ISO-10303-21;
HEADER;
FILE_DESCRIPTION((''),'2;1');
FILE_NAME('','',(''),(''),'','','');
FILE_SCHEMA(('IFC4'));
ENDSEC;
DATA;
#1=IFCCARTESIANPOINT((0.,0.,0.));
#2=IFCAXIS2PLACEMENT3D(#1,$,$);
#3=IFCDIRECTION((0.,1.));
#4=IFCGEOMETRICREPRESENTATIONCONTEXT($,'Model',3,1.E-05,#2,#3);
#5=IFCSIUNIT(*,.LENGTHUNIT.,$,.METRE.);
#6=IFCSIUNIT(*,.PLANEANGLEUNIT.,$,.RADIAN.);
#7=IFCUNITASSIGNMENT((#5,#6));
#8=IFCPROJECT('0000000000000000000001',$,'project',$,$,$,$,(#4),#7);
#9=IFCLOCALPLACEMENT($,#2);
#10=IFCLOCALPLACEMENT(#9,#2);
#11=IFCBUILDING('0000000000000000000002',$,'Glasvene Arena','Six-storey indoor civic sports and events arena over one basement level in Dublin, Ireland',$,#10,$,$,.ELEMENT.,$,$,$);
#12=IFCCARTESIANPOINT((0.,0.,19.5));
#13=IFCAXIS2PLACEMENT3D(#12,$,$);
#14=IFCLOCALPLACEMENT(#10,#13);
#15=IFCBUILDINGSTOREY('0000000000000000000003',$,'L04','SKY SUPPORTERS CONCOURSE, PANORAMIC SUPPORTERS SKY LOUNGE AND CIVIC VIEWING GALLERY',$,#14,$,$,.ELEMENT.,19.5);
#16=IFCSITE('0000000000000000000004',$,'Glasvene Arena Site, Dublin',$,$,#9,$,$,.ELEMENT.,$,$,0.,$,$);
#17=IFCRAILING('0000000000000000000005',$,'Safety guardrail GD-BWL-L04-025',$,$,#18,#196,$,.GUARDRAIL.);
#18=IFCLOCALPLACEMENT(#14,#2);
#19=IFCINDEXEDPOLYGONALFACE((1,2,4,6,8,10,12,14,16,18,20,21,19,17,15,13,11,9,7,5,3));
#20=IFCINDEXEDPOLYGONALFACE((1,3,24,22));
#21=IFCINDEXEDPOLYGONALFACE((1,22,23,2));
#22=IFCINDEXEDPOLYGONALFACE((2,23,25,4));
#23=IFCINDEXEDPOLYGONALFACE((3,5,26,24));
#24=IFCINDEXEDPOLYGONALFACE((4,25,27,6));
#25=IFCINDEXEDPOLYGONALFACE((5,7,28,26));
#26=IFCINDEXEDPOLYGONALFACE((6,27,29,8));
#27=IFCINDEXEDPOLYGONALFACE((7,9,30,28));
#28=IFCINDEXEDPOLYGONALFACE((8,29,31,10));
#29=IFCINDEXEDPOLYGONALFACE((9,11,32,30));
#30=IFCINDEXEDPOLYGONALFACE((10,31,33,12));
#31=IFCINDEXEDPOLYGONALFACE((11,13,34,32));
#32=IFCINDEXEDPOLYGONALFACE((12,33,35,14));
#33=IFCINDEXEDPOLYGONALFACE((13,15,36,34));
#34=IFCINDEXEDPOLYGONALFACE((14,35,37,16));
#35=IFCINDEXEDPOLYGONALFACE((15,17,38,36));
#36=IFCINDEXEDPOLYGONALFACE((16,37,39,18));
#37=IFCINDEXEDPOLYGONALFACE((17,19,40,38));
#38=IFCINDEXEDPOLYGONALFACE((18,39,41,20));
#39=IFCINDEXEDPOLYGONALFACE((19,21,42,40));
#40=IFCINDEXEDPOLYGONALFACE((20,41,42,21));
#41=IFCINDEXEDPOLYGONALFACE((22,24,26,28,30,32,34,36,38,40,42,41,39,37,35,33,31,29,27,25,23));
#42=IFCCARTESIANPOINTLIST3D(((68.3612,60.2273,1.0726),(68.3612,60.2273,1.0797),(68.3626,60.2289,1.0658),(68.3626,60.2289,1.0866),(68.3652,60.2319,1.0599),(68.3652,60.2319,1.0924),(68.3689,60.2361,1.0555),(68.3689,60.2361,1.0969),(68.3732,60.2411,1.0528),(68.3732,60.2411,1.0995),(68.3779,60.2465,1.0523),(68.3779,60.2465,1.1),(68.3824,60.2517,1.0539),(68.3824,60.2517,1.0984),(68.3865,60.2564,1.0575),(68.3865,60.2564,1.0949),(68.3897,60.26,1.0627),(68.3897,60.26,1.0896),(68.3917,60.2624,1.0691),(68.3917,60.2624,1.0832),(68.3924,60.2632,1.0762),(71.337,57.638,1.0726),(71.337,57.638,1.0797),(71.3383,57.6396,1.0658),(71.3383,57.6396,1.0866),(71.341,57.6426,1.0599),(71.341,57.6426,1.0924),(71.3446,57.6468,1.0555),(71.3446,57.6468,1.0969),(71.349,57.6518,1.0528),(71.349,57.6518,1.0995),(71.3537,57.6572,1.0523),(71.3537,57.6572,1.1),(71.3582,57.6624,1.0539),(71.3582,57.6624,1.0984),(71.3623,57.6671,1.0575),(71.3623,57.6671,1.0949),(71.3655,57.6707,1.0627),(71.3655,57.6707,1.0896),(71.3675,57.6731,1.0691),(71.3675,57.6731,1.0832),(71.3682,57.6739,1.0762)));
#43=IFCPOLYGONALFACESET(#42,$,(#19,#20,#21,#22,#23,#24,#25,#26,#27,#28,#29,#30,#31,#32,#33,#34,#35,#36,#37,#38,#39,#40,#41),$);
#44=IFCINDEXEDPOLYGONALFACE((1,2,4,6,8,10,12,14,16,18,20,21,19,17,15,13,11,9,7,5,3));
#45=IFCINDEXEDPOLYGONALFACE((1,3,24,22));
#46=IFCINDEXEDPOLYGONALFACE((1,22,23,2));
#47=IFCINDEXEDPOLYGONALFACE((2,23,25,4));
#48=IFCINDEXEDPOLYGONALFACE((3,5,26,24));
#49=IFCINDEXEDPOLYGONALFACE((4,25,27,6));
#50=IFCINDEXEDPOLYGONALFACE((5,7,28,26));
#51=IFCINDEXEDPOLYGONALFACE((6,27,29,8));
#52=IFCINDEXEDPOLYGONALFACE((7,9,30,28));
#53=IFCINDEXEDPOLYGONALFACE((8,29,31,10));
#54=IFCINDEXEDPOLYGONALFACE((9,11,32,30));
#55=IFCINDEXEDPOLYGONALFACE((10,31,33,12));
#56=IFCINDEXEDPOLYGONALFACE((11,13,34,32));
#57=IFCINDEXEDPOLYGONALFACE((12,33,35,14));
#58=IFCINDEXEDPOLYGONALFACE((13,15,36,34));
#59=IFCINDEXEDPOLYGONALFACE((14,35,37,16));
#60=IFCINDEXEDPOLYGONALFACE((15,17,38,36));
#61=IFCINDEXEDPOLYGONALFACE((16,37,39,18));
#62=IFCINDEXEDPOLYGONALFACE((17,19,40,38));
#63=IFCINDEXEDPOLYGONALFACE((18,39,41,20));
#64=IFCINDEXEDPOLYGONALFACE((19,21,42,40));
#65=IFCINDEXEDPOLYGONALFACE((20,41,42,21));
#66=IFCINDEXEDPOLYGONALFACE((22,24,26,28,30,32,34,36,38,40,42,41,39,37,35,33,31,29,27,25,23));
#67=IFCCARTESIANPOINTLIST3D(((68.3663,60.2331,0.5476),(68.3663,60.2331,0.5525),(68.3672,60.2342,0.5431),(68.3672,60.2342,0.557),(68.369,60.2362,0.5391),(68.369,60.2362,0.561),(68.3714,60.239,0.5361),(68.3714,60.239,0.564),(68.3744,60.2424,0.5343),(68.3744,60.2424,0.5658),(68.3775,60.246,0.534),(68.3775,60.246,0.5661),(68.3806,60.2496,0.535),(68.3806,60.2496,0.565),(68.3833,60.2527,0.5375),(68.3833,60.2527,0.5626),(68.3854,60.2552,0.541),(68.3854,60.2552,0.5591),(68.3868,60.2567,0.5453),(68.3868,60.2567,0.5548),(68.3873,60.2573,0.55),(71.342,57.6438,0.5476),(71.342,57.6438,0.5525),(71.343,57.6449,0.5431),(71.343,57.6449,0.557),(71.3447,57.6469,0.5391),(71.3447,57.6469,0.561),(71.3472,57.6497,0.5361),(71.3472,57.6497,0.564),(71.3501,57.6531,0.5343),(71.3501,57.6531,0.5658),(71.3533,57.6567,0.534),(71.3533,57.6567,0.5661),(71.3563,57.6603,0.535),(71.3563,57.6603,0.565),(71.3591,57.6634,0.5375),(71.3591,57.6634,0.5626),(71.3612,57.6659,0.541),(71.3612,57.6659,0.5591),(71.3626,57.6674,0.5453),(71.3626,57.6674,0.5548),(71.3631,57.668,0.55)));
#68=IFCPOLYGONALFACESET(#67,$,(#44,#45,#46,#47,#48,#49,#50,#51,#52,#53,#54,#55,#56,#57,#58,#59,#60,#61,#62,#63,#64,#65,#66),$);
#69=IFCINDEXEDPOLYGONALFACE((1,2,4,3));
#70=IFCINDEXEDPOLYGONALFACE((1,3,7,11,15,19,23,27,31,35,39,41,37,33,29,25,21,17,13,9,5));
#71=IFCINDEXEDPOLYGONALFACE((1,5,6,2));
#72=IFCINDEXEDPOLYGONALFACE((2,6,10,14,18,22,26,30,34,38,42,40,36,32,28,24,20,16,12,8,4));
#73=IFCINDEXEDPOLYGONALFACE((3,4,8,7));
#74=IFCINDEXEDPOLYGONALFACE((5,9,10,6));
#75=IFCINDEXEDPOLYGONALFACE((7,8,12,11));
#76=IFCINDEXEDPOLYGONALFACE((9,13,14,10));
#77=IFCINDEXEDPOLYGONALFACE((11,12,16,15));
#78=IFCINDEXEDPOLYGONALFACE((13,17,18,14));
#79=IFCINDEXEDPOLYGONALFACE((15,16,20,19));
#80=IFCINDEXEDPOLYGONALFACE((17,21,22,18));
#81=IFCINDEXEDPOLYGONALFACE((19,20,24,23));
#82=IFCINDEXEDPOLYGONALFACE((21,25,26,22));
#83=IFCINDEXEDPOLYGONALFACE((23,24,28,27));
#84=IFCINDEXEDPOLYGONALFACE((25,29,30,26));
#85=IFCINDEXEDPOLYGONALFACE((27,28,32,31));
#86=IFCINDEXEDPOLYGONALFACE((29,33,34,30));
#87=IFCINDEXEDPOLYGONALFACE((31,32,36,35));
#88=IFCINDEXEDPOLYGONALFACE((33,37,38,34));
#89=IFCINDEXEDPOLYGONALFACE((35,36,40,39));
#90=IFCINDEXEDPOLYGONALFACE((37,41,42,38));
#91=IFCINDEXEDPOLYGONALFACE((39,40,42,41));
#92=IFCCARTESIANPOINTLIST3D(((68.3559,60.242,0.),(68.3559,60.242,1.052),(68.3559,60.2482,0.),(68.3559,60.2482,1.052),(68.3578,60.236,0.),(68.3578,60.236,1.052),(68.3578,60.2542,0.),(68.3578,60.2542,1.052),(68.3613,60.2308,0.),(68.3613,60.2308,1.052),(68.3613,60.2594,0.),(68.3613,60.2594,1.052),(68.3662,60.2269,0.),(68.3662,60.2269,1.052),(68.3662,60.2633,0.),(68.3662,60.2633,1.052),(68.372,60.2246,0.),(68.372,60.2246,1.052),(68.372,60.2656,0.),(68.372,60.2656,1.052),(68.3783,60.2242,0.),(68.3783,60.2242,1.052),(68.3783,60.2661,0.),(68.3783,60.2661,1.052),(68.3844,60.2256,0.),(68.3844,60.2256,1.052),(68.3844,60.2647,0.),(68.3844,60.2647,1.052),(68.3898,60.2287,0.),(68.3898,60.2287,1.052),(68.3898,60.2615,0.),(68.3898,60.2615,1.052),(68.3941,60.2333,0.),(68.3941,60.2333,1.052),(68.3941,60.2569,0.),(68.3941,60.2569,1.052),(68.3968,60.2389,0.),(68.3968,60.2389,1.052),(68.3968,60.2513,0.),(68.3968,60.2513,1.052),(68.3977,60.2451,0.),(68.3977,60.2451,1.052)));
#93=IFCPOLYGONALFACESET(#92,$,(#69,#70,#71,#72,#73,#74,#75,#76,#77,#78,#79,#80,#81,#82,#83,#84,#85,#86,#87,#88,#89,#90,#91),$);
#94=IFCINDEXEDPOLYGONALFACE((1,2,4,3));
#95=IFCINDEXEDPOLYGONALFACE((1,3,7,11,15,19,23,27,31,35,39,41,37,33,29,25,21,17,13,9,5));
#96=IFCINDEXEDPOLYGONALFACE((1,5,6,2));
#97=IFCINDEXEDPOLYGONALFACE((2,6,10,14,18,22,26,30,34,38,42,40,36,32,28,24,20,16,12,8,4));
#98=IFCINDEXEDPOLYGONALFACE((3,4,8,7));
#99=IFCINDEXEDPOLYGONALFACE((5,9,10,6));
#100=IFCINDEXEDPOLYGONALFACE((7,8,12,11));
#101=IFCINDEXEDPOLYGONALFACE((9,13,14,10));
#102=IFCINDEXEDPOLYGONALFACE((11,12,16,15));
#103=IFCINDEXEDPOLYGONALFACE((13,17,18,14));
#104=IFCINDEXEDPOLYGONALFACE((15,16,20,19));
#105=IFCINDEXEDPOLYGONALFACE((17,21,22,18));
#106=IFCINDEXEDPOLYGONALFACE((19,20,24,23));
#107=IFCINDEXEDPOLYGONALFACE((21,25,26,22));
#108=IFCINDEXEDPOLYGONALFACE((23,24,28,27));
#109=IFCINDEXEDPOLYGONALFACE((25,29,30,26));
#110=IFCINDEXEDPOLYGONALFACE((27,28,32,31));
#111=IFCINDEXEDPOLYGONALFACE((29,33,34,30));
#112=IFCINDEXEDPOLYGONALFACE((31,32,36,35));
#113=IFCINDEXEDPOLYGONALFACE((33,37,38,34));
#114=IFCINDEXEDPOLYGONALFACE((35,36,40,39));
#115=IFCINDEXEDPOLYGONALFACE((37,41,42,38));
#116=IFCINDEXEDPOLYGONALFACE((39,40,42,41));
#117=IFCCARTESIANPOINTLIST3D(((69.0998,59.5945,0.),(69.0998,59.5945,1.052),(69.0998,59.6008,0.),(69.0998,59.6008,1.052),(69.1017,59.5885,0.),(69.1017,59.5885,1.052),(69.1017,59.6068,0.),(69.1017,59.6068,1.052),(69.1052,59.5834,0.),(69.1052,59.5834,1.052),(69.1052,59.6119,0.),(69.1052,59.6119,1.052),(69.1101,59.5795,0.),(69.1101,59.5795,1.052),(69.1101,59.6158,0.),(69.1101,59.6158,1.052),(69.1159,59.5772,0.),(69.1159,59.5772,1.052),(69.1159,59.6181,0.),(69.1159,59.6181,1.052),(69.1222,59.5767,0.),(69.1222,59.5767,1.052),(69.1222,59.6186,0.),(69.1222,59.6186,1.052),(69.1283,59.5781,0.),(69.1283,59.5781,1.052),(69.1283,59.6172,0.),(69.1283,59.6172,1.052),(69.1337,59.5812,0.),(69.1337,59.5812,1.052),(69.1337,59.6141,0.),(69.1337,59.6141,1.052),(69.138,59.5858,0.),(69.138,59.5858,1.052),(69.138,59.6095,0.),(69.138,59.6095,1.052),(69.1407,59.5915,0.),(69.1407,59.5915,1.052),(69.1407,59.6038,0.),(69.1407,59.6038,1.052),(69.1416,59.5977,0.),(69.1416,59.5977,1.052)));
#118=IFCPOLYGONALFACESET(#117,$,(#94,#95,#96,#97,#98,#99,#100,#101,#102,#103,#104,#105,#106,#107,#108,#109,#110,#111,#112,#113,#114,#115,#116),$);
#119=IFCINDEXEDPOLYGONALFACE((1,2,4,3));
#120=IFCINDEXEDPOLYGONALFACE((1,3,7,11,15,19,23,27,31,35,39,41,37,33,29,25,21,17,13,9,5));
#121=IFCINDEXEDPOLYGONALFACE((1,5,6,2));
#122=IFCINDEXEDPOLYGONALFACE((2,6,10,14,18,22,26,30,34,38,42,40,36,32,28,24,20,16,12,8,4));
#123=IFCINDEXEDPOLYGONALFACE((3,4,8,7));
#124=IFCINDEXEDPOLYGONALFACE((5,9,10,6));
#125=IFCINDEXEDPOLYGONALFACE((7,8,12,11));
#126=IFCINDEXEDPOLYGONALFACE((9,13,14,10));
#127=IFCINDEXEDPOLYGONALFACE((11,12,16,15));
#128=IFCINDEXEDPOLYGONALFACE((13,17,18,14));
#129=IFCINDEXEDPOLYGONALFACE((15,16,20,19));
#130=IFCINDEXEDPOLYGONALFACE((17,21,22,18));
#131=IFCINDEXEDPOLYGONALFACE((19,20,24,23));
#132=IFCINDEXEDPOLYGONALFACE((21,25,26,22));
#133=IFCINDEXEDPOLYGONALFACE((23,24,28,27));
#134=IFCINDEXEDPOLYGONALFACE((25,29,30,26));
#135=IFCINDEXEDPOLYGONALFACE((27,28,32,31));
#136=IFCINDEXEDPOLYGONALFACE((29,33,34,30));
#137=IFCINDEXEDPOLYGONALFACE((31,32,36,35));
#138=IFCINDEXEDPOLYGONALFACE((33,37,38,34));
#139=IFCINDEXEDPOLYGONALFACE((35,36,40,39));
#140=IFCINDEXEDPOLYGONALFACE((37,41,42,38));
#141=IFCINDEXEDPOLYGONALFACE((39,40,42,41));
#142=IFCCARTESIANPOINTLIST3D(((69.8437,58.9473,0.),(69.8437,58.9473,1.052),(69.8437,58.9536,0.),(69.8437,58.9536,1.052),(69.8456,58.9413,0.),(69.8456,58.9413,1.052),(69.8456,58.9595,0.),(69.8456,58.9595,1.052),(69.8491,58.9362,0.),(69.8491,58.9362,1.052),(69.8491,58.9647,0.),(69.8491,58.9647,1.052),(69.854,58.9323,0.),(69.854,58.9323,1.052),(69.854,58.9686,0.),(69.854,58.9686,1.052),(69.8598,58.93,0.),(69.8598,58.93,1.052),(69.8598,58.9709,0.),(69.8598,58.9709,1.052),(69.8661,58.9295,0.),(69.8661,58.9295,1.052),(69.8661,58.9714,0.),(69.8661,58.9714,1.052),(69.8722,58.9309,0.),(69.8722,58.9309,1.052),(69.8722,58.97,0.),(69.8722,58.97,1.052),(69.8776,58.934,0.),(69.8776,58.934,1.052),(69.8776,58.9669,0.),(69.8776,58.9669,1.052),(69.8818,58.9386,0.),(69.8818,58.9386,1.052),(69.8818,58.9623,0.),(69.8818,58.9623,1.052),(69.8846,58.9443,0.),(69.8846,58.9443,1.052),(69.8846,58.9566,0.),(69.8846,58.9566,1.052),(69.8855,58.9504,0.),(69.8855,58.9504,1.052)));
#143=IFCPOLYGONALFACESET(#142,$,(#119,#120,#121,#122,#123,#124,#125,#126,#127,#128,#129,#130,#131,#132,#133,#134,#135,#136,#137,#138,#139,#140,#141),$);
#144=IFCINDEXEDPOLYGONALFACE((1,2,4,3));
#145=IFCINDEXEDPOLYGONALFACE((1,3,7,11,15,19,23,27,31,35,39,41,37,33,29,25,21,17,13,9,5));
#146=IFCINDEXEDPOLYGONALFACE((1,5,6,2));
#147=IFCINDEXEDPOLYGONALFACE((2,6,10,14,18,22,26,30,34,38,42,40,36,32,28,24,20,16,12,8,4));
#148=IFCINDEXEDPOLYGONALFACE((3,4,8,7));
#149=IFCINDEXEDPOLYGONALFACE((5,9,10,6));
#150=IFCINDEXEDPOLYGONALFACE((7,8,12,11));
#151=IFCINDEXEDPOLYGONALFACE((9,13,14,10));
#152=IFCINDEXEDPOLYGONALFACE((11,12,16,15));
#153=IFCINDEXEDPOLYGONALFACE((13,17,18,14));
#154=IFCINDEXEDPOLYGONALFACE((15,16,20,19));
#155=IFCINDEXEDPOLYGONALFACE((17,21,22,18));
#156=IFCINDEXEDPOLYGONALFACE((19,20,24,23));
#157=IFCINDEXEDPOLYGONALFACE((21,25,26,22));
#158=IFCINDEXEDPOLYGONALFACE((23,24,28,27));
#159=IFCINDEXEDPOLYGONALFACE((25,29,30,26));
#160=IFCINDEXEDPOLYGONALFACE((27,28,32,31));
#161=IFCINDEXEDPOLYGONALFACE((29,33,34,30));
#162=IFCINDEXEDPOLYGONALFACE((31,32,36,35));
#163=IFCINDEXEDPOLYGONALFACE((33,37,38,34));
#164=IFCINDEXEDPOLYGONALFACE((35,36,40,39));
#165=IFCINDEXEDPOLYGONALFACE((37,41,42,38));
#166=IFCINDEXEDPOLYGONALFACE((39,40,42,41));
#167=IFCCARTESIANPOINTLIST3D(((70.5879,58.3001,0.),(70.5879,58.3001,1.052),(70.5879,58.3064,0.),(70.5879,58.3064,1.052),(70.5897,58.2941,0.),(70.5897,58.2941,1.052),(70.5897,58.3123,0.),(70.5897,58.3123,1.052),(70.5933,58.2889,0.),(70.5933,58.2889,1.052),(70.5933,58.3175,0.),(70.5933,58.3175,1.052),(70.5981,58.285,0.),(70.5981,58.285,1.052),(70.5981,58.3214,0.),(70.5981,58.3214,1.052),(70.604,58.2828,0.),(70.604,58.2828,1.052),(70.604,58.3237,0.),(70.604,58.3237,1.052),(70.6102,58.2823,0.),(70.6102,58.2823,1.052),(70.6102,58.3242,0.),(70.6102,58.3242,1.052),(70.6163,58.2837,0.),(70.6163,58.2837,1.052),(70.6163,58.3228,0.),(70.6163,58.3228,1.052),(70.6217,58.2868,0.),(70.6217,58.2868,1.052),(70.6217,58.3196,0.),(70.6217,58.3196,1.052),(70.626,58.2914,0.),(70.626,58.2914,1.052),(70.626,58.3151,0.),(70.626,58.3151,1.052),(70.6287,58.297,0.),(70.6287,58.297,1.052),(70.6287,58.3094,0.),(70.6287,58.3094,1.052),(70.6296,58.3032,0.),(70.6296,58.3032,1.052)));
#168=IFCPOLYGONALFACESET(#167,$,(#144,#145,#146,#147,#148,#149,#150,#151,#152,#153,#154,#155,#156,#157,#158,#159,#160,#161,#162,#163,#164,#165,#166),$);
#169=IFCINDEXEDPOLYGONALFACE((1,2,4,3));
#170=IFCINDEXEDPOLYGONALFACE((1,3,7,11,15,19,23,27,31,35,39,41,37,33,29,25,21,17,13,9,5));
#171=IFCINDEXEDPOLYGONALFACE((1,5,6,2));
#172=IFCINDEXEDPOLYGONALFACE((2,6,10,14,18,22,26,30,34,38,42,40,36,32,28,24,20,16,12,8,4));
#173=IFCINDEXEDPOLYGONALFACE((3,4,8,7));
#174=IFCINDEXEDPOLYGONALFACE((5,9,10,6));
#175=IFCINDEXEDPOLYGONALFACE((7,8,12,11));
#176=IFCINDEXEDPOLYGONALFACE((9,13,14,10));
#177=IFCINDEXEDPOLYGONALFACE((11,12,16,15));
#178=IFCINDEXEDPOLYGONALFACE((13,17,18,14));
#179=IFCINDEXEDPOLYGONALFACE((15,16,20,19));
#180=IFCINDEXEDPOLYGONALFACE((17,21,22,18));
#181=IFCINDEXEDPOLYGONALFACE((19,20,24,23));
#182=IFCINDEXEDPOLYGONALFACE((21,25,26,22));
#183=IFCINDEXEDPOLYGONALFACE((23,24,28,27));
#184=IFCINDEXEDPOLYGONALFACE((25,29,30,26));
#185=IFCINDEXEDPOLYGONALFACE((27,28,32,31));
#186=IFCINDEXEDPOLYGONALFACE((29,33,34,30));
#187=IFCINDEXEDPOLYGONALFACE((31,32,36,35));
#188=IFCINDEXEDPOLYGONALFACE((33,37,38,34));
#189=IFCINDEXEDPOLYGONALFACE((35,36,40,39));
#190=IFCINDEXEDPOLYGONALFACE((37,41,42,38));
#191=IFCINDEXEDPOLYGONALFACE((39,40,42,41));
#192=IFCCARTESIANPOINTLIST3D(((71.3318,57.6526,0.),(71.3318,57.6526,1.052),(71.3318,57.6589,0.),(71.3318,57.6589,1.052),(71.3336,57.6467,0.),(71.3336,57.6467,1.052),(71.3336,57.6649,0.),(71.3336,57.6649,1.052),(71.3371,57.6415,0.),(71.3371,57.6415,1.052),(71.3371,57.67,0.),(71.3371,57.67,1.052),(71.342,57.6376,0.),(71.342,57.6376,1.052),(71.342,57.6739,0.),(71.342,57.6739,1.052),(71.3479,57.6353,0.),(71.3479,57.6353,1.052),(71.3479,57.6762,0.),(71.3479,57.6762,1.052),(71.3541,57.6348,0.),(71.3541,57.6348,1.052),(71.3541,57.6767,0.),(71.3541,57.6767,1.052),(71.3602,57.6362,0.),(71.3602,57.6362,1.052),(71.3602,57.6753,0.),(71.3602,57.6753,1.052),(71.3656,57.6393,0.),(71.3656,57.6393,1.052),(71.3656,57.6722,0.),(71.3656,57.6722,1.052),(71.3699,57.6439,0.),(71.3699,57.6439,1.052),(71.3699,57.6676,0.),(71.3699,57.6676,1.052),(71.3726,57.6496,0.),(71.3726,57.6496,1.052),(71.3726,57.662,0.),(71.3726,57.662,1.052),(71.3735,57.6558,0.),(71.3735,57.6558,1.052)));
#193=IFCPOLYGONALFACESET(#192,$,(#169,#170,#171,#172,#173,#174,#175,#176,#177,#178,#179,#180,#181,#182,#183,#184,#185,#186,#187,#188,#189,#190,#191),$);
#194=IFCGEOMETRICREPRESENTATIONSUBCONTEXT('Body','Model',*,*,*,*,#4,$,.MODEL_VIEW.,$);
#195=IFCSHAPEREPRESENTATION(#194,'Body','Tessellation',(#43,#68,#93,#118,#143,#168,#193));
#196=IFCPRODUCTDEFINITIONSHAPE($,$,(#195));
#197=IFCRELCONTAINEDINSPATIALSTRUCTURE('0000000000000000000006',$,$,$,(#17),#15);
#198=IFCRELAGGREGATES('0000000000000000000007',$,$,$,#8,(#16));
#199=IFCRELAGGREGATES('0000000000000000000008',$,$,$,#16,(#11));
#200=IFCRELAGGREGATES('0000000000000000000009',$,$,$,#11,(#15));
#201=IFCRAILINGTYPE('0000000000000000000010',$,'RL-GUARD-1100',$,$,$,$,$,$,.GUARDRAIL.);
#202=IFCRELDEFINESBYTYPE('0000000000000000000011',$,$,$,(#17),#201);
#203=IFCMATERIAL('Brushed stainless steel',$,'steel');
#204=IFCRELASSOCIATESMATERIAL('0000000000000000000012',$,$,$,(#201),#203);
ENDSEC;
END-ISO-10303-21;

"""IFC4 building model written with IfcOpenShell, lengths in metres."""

from ifc_helpers import new_model, si_unit, direction, frame, origin, origin_2d, place, context, subcontext, project, spatial, circle, extrude, material, type_object, element, save


model = new_model("IFC4")

# Units and contexts
model_context = context("Model", 3, precision=1e-05, world=origin(), true_north=direction((0.0, 1.0)))
body_context = subcontext(model_context, "Body", "Model", "MODEL_VIEW")
ifc_project = project(units=[si_unit("LENGTHUNIT", "METRE"), si_unit("PLANEANGLEUNIT", "RADIAN")], contexts=[model_context])

# Site, building, storey
site_placement = place(None, origin())
site = spatial("IfcSite", under=ifc_project, at=site_placement, Name="Glasvene Arena Site, Dublin", CompositionType="ELEMENT", RefElevation=0.0)
building_placement = place(site_placement, origin())
building = spatial("IfcBuilding", under=site, at=building_placement, Name="Glasvene Arena", Description="Six-storey indoor civic sports and events arena over one basement level in Dublin, Ireland", CompositionType="ELEMENT")
storey_placement = place(building_placement, frame((0.0, 0.0, 19.5)))
storey = spatial("IfcBuildingStorey", under=building, at=storey_placement, Name="L04", Description="SKY SUPPORTERS CONCOURSE, PANORAMIC SUPPORTERS SKY LOUNGE AND CIVIC VIEWING GALLERY", CompositionType="ELEMENT", Elevation=19.5)

# Railing
ifc_material_1 = material(Name="Brushed stainless steel", Category="steel")
railing_type = type_object("IfcRailingType", Name="RL-GUARD-1100", PredefinedType="GUARDRAIL", material=ifc_material_1)
railing_1_placement = place(storey_placement, frame((68.3767, 60.2451, 0.0)))
element("IfcRailing", 1, at=railing_1_placement, inside=storey, type_object=railing_type, Name="Safety guardrail GD-BWL-L04-025", PredefinedType="GUARDRAIL", context=body_context, shape_type="SweptSolid", body=[
    extrude(circle(Radius=0.0239, at=origin_2d()), frame((0.0, 0.0, 1.0762), z_axis=(0.754395, -0.656421, 0.0), x_axis=(0.656421, 0.754395, 0.0)), (0.0, 0.0, 1.0), 3.9446),
    extrude(circle(Radius=0.0161, at=origin_2d()), frame((0.0, 0.0, 0.55), z_axis=(0.754395, -0.656421, 0.0), x_axis=(0.656421, 0.754395, 0.0)), (0.0, 0.0, 1.0), 3.9446),
    extrude(circle(Radius=0.021, at=origin_2d()), origin(), (0.0, 0.0, 1.0), 1.052),
    extrude(circle(Radius=0.021, at=origin_2d()), frame((0.7439, -0.6475, 0.0)), (0.0, 0.0, 1.0), 1.052),
    extrude(circle(Radius=0.021, at=origin_2d()), frame((1.4878, -1.2947, 0.0)), (0.0, 0.0, 1.0), 1.052),
    extrude(circle(Radius=0.021, at=origin_2d()), frame((2.2319, -1.9419, 0.0)), (0.0, 0.0, 1.0), 1.052),
    extrude(circle(Radius=0.021, at=origin_2d()), frame((2.9758, -2.5894, 0.0)), (0.0, 0.0, 1.0), 1.052),
])

save(model, "model.ifc")
